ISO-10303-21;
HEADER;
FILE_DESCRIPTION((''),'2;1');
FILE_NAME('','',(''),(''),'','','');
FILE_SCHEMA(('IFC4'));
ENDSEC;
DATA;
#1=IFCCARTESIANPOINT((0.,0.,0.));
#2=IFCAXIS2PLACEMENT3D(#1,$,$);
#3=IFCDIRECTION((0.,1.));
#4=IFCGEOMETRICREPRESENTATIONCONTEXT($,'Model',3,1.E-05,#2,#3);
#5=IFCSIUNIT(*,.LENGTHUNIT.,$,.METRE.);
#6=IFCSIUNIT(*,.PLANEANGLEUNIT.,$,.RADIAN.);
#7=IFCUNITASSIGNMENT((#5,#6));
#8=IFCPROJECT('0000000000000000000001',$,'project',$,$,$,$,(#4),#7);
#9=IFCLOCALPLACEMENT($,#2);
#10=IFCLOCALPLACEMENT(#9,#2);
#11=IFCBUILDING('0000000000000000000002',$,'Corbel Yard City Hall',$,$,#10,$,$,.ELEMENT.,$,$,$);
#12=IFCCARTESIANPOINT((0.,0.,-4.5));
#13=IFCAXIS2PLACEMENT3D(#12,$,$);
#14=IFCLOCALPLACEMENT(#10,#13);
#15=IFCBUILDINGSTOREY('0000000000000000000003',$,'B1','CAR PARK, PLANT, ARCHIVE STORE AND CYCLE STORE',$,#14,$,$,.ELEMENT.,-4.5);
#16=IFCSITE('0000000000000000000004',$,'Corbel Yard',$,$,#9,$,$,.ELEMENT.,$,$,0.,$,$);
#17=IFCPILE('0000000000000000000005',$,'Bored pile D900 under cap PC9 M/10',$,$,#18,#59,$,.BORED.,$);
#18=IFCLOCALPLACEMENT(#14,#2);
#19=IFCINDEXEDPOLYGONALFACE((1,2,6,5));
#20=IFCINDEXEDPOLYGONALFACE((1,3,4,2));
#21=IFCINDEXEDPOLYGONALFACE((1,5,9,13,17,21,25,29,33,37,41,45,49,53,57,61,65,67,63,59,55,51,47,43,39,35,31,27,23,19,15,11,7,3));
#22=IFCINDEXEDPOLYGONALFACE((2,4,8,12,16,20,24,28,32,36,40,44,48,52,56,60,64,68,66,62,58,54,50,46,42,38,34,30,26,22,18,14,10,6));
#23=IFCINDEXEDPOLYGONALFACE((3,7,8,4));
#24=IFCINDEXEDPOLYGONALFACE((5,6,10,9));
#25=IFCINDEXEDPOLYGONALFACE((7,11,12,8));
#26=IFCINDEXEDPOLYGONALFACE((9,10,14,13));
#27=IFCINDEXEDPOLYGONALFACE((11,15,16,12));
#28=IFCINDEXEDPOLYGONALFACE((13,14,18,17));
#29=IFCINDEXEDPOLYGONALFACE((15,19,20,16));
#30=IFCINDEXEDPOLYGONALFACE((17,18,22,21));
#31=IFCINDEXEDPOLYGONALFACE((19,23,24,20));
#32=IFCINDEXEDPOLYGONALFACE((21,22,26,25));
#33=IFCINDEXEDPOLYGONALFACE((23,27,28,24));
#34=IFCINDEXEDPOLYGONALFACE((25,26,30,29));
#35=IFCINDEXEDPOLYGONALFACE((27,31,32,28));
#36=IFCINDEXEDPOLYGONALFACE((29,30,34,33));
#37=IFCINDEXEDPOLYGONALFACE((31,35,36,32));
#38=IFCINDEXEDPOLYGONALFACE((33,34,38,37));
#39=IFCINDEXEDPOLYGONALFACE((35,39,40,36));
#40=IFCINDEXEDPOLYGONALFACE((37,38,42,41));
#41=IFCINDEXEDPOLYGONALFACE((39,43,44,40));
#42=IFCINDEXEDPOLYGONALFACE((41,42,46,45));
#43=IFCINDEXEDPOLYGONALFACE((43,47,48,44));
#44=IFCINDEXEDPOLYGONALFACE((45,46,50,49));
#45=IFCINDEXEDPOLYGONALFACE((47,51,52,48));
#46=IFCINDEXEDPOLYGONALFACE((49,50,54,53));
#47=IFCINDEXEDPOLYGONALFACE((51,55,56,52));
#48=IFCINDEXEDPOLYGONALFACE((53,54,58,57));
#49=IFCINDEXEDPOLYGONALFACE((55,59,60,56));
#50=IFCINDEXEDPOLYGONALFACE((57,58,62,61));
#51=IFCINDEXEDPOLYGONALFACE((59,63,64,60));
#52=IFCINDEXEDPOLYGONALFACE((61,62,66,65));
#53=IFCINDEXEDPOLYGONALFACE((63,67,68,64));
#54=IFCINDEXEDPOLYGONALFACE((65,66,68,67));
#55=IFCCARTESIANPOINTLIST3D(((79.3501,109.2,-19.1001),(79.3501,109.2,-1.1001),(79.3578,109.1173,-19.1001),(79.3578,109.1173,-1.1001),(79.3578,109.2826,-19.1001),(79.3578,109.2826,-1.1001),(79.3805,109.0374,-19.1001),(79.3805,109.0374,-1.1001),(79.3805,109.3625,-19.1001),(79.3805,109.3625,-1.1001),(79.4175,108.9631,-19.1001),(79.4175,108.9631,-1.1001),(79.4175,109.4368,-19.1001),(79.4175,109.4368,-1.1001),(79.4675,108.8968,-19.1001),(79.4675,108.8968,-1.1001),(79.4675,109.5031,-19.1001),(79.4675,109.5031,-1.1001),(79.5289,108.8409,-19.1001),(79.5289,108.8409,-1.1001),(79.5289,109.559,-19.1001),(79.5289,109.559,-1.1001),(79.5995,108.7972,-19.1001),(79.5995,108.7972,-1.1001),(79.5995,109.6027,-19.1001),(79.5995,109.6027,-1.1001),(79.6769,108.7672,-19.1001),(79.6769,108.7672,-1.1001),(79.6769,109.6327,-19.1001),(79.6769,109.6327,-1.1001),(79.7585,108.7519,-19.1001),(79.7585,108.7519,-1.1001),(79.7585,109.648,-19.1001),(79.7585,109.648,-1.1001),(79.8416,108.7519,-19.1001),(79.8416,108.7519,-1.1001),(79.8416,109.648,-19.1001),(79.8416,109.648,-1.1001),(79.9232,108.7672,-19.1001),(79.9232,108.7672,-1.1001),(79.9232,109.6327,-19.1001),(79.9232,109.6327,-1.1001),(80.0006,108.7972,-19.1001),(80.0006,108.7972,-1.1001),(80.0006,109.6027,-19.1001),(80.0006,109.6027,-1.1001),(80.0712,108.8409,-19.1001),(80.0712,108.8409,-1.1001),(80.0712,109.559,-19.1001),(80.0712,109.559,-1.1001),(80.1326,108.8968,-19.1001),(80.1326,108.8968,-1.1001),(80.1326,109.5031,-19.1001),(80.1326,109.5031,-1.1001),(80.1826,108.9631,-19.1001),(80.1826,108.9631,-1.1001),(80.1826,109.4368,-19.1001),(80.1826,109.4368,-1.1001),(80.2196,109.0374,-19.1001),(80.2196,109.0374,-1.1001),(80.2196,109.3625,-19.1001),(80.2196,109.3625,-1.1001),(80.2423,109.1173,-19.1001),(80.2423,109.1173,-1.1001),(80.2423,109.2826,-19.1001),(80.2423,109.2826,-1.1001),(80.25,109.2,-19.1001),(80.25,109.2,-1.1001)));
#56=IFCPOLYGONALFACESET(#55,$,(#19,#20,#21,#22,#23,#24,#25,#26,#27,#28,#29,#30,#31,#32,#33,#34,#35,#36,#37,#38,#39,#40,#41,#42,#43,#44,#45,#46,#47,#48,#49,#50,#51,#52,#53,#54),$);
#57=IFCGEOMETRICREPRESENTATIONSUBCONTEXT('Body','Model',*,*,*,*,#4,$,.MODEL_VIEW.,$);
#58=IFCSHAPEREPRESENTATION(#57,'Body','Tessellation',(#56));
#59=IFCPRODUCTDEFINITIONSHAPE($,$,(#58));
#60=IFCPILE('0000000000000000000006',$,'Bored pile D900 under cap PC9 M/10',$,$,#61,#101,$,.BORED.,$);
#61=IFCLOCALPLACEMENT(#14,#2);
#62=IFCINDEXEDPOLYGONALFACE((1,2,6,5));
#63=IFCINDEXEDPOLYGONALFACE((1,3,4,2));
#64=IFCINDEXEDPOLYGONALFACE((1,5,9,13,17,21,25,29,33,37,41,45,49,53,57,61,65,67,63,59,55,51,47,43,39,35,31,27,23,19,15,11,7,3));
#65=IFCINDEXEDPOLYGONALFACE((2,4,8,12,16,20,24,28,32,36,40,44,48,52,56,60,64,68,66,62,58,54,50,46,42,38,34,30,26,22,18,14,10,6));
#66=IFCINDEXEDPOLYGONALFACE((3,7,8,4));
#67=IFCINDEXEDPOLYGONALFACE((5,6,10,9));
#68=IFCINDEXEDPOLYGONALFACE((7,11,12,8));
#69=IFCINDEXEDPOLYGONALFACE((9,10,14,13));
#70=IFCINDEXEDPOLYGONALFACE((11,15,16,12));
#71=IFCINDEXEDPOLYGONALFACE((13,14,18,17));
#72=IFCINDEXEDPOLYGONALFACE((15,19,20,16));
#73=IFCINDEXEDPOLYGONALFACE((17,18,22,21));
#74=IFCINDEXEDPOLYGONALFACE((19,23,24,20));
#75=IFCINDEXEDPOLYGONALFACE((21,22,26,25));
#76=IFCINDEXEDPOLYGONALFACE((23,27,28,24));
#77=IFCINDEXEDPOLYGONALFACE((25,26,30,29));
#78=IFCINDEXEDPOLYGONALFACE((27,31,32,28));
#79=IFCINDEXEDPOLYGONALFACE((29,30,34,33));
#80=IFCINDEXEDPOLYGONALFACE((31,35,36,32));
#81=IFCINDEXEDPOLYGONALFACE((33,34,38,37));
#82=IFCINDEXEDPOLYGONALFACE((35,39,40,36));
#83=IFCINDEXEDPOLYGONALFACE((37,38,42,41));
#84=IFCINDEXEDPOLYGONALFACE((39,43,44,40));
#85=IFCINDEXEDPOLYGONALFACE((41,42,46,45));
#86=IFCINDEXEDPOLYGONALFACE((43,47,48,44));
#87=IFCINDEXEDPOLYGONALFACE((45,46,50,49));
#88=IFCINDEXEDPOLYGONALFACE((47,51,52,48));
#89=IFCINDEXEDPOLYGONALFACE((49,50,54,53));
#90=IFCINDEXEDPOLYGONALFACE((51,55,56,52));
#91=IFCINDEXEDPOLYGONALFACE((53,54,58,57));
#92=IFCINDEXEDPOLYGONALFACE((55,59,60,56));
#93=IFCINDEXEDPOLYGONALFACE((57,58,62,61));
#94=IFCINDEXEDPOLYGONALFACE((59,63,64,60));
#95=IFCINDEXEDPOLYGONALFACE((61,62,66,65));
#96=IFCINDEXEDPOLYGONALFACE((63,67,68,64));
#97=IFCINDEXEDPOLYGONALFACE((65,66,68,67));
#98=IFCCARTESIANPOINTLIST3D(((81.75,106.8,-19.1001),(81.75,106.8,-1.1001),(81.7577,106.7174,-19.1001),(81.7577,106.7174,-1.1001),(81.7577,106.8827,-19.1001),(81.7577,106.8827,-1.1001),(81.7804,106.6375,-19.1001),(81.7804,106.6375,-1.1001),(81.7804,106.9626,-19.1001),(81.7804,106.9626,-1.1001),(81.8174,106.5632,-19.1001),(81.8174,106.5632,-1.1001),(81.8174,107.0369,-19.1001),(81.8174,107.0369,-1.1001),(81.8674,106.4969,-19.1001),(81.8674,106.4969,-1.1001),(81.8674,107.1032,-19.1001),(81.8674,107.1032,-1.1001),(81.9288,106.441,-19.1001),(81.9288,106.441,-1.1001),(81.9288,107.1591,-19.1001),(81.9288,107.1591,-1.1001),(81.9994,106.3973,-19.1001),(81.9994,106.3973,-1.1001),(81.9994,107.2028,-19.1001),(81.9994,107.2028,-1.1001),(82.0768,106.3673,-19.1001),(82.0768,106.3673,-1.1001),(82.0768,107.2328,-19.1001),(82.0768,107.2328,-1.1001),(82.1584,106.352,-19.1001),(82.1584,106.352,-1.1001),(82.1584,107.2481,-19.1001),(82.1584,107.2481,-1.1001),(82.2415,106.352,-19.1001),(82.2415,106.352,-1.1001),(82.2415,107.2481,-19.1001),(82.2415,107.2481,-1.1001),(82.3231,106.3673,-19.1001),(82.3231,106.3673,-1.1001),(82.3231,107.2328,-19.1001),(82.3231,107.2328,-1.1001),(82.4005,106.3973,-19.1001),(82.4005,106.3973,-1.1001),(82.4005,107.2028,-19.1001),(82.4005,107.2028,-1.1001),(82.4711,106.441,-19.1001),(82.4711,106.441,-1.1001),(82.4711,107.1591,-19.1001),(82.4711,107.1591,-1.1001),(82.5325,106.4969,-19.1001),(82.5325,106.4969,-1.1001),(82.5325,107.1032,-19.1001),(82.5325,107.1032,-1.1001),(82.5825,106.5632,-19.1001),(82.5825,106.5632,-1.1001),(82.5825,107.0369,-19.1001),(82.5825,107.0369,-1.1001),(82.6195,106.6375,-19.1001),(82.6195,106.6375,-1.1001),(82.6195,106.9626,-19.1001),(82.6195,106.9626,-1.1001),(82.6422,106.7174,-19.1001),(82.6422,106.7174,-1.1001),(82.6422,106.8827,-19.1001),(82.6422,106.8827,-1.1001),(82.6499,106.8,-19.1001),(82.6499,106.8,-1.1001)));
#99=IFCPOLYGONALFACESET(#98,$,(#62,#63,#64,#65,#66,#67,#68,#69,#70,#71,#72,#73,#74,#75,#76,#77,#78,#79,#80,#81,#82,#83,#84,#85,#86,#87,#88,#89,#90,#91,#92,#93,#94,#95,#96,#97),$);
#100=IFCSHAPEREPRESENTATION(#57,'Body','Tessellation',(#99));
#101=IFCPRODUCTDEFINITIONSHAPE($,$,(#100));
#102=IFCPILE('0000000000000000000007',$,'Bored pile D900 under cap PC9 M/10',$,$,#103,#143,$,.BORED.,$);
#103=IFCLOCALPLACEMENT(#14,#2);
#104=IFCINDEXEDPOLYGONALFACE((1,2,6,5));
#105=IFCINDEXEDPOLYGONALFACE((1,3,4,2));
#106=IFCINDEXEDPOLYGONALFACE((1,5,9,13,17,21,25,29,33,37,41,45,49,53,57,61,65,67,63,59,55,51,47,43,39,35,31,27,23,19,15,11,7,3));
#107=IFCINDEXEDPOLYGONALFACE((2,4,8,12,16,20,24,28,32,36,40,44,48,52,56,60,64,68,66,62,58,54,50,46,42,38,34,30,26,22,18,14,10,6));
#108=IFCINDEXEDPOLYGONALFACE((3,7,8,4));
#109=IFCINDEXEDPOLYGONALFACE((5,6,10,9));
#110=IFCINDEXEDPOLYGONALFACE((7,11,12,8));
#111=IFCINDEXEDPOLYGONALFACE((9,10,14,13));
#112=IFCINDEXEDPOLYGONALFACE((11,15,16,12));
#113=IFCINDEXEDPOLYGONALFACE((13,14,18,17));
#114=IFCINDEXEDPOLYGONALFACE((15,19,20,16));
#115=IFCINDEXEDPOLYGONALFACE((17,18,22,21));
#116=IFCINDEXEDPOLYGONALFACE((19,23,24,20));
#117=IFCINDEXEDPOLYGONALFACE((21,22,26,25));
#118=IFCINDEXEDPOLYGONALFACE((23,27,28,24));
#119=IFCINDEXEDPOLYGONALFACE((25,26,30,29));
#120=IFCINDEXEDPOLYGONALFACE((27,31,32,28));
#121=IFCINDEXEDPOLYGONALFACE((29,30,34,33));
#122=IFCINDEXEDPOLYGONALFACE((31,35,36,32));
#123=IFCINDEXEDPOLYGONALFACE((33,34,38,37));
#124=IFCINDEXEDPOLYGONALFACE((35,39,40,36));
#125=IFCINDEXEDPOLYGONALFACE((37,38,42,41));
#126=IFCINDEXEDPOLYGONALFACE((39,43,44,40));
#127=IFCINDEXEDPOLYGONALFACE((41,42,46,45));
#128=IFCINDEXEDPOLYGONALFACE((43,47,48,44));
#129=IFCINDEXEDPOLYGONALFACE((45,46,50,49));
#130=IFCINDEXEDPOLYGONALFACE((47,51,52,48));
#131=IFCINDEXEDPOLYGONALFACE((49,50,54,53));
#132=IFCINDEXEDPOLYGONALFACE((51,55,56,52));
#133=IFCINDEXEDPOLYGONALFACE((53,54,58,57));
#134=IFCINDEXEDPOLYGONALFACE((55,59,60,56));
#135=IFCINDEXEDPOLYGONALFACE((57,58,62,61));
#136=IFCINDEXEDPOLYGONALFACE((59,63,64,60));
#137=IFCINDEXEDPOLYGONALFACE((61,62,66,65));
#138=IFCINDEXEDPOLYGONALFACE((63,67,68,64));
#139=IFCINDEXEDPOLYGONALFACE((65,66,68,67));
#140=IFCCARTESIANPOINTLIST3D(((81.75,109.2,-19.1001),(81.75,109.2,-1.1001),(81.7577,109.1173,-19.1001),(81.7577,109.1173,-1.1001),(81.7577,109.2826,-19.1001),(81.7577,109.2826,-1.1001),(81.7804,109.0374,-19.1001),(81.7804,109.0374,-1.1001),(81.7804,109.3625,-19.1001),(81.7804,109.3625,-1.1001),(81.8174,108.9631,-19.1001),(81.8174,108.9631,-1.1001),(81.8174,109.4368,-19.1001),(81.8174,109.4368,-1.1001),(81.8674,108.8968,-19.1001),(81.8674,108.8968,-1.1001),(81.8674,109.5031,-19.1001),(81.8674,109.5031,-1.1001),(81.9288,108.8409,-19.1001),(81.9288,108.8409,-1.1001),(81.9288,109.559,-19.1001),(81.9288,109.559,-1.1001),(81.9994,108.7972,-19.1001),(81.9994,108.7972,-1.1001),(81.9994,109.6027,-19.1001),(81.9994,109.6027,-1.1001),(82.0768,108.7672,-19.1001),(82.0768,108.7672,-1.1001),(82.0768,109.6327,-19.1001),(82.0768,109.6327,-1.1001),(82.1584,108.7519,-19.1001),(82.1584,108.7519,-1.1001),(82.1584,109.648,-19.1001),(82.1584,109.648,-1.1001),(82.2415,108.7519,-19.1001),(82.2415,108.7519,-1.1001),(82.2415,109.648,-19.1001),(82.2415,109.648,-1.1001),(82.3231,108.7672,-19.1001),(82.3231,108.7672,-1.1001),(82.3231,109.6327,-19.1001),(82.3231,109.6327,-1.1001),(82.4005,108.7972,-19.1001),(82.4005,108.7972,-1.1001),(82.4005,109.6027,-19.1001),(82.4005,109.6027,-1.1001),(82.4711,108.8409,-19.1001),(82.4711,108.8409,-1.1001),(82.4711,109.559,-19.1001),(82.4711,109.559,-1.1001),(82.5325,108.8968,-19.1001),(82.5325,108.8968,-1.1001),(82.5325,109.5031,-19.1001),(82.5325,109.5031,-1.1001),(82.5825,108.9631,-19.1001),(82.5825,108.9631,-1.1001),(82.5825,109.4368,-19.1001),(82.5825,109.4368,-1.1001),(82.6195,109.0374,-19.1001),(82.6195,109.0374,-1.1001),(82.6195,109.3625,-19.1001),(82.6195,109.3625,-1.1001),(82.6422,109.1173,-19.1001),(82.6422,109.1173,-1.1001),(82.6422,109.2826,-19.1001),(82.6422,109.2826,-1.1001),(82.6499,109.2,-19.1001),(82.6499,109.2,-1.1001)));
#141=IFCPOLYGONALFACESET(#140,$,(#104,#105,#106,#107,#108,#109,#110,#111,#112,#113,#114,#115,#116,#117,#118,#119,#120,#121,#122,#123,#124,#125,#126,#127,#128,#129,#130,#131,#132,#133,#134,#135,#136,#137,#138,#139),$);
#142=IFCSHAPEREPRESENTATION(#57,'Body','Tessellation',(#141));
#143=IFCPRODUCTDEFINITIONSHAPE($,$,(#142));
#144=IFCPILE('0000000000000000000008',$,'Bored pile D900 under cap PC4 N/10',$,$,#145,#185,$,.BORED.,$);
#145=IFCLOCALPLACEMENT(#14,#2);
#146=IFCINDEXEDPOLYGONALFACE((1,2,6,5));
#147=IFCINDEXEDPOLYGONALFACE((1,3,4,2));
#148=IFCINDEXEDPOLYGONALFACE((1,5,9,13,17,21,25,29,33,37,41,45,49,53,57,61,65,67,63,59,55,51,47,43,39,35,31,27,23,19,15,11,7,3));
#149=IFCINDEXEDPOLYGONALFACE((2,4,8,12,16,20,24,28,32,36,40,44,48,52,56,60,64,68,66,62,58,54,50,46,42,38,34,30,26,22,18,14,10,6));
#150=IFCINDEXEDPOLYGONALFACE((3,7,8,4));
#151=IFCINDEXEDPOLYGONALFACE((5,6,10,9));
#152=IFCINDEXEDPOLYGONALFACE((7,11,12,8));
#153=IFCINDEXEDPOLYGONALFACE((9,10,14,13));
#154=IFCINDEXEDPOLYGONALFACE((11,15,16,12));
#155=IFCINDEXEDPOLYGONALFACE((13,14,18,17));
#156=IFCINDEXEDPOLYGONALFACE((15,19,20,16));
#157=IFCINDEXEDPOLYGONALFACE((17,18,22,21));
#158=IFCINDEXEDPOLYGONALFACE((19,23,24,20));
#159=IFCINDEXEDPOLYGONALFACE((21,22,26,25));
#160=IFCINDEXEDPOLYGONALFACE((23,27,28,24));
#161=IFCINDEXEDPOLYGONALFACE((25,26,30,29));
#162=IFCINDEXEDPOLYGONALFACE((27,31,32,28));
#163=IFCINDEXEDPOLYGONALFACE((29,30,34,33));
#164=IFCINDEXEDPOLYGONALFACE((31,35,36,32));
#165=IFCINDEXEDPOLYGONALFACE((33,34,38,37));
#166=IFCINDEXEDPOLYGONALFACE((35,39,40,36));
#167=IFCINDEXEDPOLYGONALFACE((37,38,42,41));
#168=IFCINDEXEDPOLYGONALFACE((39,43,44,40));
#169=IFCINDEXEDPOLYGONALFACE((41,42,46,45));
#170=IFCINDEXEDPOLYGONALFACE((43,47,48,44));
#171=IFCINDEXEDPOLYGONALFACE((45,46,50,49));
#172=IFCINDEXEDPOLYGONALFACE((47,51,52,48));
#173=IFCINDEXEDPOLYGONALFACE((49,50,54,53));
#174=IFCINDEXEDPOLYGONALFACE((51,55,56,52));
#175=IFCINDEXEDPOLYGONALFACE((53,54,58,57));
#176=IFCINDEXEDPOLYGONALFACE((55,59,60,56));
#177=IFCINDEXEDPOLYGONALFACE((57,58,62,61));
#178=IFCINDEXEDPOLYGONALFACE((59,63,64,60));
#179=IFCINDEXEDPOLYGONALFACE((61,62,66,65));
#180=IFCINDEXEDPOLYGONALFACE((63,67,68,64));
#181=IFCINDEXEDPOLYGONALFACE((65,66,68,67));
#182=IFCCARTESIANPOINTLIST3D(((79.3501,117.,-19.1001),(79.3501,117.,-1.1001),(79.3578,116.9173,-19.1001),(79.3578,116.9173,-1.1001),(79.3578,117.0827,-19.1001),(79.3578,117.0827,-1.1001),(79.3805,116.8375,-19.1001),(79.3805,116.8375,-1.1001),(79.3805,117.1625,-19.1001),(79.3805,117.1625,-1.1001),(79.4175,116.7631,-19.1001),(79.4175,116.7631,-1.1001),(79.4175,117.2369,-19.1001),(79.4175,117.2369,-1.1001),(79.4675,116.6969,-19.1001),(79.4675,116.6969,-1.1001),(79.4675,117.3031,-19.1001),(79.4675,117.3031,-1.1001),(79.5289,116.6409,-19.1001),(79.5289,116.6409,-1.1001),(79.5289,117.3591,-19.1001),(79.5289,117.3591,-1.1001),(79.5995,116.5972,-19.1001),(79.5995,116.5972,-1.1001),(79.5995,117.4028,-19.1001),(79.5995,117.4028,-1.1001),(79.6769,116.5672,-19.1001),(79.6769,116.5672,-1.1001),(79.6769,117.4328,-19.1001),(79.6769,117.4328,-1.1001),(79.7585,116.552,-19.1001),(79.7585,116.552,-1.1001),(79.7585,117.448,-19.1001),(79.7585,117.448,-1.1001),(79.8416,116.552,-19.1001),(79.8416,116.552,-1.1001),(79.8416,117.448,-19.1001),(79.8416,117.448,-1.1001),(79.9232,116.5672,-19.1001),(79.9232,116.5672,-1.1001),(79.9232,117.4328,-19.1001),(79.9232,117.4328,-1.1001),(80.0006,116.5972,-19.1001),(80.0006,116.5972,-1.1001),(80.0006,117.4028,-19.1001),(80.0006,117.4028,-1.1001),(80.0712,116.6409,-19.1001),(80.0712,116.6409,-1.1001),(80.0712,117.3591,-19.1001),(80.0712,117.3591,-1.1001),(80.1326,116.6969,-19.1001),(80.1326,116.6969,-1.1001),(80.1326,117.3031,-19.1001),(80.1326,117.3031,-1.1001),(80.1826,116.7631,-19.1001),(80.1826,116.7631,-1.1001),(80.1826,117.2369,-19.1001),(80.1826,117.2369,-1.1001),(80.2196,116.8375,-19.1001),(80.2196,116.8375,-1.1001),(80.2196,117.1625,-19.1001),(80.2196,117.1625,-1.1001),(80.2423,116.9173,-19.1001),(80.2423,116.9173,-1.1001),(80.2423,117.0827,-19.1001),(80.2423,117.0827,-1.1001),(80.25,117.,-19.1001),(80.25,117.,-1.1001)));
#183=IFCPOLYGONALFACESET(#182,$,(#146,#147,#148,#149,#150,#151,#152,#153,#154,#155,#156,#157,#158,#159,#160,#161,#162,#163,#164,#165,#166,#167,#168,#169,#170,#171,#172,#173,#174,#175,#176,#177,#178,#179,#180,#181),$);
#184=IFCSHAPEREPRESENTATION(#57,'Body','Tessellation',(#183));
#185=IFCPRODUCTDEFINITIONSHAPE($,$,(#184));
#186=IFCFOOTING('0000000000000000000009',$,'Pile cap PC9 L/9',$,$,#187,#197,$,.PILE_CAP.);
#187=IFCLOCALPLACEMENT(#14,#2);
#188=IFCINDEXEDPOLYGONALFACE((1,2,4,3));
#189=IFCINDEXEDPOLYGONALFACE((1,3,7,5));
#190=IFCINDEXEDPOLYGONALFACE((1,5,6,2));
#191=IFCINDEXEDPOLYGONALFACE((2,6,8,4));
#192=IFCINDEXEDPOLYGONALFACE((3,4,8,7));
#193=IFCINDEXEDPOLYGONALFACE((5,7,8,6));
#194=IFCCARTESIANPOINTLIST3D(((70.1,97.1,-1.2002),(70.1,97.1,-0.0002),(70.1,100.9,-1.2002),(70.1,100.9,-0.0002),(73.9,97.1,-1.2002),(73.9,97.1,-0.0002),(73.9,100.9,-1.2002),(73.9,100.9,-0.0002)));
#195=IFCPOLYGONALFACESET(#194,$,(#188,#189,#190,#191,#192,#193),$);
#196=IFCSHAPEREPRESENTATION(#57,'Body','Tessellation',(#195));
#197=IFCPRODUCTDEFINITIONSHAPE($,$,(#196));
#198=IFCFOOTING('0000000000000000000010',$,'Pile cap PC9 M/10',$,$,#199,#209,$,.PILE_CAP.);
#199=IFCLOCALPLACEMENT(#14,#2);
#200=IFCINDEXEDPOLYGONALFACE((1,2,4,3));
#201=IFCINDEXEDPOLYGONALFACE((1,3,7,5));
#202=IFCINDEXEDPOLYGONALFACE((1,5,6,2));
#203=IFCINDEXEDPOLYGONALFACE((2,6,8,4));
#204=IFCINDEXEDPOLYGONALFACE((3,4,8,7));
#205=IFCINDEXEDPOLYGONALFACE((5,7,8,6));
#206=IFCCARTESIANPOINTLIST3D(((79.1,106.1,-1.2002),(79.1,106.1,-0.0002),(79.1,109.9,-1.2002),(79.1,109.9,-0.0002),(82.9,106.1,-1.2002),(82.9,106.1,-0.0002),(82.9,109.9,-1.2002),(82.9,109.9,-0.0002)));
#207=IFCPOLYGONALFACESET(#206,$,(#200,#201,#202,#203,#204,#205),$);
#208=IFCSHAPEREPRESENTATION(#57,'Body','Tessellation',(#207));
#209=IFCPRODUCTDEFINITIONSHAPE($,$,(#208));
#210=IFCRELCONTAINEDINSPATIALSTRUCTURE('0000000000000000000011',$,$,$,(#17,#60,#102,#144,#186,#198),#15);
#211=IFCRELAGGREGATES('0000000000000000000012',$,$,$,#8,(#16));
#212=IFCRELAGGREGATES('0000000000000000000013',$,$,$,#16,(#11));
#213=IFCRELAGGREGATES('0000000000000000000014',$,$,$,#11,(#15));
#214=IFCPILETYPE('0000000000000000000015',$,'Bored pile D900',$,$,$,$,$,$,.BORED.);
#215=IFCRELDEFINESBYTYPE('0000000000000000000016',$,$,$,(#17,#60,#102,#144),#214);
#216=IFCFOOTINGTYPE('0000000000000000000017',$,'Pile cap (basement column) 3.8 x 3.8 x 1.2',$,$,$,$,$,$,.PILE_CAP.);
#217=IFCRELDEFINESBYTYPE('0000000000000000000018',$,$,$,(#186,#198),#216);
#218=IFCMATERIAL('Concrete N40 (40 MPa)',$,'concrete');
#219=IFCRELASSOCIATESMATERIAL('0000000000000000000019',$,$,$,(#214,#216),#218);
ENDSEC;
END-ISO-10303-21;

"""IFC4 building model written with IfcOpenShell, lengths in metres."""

from ifc_helpers import new_model, si_unit, direction, frame, origin, origin_2d, place, context, subcontext, project, spatial, rectangle, circle, extrude, material, material_profile, profile_set, type_object, element, save


model = new_model("IFC4")

# Units and contexts
model_context = context("Model", 3, precision=1e-05, world=origin(), true_north=direction((0.0, 1.0)))
body_context = subcontext(model_context, "Body", "Model", "MODEL_VIEW")
ifc_project = project(units=[si_unit("LENGTHUNIT", "METRE"), si_unit("PLANEANGLEUNIT", "RADIAN")], contexts=[model_context])

# Site, building, storey
site_placement = place(None, origin())
site = spatial("IfcSite", under=ifc_project, at=site_placement, Name="Corbel Yard", CompositionType="ELEMENT", RefElevation=0.0)
building_placement = place(site_placement, origin())
building = spatial("IfcBuilding", under=site, at=building_placement, Name="Corbel Yard City Hall", CompositionType="ELEMENT")
storey_placement = place(building_placement, frame((0.0, 0.0, -4.5)))
storey = spatial("IfcBuildingStorey", under=building, at=storey_placement, Name="B1", Description="CAR PARK, PLANT, ARCHIVE STORE AND CYCLE STORE", CompositionType="ELEMENT", Elevation=-4.5)

# Piles
ifc_material_1 = material(Name="Concrete N40 (40 MPa)", Category="concrete")
ifc_material_profile_1 = material_profile(ifc_material_1, circle(Radius=0.45, at=origin_2d()), Name="D900")
ifc_profile_set_1 = profile_set([ifc_material_profile_1], Name="Concrete N40 (40 MPa)")
pile_type_1 = type_object("IfcPileType", Name="Bored pile D900", PredefinedType="BORED", material=ifc_profile_set_1)
for number, where, z_axis, x_axis, name in (
    (1, (79.8, 109.2, -1.1001), (0.0, 0.0, -1.0), (1.0, 0.0, 0.0), "Bored pile D900 under cap PC9 M/10"),
    (2, (82.2, 106.8, -1.1001), (0.0, 0.0, -1.0), (1.0, 0.0, 0.0), "Bored pile D900 under cap PC9 M/10"),
    (3, (82.2, 109.2, -1.1001), (0.0, 0.0, -1.0), (1.0, 0.0, 0.0), "Bored pile D900 under cap PC9 M/10"),
    (4, (79.8, 117.0, -1.1001), (0.0, 0.0, -1.0), (1.0, 0.0, 0.0), "Bored pile D900 under cap PC4 N/10"),
):
    element("IfcPile", number, at=place(storey_placement, frame(where, z_axis=z_axis, x_axis=x_axis)), inside=storey, type_object=pile_type_1, Name=name, PredefinedType="BORED", context=body_context, shape_type="SweptSolid", body=[
        extrude(circle(Radius=0.45, at=origin_2d()), origin(), (0.0, 0.0, 1.0), 18.0),
    ])

# Footings
footing_type_1 = type_object("IfcFootingType", Name="Pile cap (basement column) 3.8 x 3.8 x 1.2", PredefinedType="PILE_CAP", material=ifc_material_1)
for number, where, z_axis, x_axis, name in (
    (5, (72.0, 99.0, -1.2002), (0.0, 0.0, 1.0), (1.0, 0.0, 0.0), "Pile cap PC9 L/9"),
    (6, (81.0, 108.0, -1.2002), (0.0, 0.0, 1.0), (1.0, 0.0, 0.0), "Pile cap PC9 M/10"),
):
    element("IfcFooting", number, at=place(storey_placement, frame(where, z_axis=z_axis, x_axis=x_axis)), inside=storey, type_object=footing_type_1, Name=name, PredefinedType="PILE_CAP", context=body_context, shape_type="SweptSolid", body=[
        extrude(rectangle(XDim=3.8, YDim=3.8, at=origin_2d()), origin(), (0.0, 0.0, 1.0), 1.2),
    ])

save(model, "model.ifc")
